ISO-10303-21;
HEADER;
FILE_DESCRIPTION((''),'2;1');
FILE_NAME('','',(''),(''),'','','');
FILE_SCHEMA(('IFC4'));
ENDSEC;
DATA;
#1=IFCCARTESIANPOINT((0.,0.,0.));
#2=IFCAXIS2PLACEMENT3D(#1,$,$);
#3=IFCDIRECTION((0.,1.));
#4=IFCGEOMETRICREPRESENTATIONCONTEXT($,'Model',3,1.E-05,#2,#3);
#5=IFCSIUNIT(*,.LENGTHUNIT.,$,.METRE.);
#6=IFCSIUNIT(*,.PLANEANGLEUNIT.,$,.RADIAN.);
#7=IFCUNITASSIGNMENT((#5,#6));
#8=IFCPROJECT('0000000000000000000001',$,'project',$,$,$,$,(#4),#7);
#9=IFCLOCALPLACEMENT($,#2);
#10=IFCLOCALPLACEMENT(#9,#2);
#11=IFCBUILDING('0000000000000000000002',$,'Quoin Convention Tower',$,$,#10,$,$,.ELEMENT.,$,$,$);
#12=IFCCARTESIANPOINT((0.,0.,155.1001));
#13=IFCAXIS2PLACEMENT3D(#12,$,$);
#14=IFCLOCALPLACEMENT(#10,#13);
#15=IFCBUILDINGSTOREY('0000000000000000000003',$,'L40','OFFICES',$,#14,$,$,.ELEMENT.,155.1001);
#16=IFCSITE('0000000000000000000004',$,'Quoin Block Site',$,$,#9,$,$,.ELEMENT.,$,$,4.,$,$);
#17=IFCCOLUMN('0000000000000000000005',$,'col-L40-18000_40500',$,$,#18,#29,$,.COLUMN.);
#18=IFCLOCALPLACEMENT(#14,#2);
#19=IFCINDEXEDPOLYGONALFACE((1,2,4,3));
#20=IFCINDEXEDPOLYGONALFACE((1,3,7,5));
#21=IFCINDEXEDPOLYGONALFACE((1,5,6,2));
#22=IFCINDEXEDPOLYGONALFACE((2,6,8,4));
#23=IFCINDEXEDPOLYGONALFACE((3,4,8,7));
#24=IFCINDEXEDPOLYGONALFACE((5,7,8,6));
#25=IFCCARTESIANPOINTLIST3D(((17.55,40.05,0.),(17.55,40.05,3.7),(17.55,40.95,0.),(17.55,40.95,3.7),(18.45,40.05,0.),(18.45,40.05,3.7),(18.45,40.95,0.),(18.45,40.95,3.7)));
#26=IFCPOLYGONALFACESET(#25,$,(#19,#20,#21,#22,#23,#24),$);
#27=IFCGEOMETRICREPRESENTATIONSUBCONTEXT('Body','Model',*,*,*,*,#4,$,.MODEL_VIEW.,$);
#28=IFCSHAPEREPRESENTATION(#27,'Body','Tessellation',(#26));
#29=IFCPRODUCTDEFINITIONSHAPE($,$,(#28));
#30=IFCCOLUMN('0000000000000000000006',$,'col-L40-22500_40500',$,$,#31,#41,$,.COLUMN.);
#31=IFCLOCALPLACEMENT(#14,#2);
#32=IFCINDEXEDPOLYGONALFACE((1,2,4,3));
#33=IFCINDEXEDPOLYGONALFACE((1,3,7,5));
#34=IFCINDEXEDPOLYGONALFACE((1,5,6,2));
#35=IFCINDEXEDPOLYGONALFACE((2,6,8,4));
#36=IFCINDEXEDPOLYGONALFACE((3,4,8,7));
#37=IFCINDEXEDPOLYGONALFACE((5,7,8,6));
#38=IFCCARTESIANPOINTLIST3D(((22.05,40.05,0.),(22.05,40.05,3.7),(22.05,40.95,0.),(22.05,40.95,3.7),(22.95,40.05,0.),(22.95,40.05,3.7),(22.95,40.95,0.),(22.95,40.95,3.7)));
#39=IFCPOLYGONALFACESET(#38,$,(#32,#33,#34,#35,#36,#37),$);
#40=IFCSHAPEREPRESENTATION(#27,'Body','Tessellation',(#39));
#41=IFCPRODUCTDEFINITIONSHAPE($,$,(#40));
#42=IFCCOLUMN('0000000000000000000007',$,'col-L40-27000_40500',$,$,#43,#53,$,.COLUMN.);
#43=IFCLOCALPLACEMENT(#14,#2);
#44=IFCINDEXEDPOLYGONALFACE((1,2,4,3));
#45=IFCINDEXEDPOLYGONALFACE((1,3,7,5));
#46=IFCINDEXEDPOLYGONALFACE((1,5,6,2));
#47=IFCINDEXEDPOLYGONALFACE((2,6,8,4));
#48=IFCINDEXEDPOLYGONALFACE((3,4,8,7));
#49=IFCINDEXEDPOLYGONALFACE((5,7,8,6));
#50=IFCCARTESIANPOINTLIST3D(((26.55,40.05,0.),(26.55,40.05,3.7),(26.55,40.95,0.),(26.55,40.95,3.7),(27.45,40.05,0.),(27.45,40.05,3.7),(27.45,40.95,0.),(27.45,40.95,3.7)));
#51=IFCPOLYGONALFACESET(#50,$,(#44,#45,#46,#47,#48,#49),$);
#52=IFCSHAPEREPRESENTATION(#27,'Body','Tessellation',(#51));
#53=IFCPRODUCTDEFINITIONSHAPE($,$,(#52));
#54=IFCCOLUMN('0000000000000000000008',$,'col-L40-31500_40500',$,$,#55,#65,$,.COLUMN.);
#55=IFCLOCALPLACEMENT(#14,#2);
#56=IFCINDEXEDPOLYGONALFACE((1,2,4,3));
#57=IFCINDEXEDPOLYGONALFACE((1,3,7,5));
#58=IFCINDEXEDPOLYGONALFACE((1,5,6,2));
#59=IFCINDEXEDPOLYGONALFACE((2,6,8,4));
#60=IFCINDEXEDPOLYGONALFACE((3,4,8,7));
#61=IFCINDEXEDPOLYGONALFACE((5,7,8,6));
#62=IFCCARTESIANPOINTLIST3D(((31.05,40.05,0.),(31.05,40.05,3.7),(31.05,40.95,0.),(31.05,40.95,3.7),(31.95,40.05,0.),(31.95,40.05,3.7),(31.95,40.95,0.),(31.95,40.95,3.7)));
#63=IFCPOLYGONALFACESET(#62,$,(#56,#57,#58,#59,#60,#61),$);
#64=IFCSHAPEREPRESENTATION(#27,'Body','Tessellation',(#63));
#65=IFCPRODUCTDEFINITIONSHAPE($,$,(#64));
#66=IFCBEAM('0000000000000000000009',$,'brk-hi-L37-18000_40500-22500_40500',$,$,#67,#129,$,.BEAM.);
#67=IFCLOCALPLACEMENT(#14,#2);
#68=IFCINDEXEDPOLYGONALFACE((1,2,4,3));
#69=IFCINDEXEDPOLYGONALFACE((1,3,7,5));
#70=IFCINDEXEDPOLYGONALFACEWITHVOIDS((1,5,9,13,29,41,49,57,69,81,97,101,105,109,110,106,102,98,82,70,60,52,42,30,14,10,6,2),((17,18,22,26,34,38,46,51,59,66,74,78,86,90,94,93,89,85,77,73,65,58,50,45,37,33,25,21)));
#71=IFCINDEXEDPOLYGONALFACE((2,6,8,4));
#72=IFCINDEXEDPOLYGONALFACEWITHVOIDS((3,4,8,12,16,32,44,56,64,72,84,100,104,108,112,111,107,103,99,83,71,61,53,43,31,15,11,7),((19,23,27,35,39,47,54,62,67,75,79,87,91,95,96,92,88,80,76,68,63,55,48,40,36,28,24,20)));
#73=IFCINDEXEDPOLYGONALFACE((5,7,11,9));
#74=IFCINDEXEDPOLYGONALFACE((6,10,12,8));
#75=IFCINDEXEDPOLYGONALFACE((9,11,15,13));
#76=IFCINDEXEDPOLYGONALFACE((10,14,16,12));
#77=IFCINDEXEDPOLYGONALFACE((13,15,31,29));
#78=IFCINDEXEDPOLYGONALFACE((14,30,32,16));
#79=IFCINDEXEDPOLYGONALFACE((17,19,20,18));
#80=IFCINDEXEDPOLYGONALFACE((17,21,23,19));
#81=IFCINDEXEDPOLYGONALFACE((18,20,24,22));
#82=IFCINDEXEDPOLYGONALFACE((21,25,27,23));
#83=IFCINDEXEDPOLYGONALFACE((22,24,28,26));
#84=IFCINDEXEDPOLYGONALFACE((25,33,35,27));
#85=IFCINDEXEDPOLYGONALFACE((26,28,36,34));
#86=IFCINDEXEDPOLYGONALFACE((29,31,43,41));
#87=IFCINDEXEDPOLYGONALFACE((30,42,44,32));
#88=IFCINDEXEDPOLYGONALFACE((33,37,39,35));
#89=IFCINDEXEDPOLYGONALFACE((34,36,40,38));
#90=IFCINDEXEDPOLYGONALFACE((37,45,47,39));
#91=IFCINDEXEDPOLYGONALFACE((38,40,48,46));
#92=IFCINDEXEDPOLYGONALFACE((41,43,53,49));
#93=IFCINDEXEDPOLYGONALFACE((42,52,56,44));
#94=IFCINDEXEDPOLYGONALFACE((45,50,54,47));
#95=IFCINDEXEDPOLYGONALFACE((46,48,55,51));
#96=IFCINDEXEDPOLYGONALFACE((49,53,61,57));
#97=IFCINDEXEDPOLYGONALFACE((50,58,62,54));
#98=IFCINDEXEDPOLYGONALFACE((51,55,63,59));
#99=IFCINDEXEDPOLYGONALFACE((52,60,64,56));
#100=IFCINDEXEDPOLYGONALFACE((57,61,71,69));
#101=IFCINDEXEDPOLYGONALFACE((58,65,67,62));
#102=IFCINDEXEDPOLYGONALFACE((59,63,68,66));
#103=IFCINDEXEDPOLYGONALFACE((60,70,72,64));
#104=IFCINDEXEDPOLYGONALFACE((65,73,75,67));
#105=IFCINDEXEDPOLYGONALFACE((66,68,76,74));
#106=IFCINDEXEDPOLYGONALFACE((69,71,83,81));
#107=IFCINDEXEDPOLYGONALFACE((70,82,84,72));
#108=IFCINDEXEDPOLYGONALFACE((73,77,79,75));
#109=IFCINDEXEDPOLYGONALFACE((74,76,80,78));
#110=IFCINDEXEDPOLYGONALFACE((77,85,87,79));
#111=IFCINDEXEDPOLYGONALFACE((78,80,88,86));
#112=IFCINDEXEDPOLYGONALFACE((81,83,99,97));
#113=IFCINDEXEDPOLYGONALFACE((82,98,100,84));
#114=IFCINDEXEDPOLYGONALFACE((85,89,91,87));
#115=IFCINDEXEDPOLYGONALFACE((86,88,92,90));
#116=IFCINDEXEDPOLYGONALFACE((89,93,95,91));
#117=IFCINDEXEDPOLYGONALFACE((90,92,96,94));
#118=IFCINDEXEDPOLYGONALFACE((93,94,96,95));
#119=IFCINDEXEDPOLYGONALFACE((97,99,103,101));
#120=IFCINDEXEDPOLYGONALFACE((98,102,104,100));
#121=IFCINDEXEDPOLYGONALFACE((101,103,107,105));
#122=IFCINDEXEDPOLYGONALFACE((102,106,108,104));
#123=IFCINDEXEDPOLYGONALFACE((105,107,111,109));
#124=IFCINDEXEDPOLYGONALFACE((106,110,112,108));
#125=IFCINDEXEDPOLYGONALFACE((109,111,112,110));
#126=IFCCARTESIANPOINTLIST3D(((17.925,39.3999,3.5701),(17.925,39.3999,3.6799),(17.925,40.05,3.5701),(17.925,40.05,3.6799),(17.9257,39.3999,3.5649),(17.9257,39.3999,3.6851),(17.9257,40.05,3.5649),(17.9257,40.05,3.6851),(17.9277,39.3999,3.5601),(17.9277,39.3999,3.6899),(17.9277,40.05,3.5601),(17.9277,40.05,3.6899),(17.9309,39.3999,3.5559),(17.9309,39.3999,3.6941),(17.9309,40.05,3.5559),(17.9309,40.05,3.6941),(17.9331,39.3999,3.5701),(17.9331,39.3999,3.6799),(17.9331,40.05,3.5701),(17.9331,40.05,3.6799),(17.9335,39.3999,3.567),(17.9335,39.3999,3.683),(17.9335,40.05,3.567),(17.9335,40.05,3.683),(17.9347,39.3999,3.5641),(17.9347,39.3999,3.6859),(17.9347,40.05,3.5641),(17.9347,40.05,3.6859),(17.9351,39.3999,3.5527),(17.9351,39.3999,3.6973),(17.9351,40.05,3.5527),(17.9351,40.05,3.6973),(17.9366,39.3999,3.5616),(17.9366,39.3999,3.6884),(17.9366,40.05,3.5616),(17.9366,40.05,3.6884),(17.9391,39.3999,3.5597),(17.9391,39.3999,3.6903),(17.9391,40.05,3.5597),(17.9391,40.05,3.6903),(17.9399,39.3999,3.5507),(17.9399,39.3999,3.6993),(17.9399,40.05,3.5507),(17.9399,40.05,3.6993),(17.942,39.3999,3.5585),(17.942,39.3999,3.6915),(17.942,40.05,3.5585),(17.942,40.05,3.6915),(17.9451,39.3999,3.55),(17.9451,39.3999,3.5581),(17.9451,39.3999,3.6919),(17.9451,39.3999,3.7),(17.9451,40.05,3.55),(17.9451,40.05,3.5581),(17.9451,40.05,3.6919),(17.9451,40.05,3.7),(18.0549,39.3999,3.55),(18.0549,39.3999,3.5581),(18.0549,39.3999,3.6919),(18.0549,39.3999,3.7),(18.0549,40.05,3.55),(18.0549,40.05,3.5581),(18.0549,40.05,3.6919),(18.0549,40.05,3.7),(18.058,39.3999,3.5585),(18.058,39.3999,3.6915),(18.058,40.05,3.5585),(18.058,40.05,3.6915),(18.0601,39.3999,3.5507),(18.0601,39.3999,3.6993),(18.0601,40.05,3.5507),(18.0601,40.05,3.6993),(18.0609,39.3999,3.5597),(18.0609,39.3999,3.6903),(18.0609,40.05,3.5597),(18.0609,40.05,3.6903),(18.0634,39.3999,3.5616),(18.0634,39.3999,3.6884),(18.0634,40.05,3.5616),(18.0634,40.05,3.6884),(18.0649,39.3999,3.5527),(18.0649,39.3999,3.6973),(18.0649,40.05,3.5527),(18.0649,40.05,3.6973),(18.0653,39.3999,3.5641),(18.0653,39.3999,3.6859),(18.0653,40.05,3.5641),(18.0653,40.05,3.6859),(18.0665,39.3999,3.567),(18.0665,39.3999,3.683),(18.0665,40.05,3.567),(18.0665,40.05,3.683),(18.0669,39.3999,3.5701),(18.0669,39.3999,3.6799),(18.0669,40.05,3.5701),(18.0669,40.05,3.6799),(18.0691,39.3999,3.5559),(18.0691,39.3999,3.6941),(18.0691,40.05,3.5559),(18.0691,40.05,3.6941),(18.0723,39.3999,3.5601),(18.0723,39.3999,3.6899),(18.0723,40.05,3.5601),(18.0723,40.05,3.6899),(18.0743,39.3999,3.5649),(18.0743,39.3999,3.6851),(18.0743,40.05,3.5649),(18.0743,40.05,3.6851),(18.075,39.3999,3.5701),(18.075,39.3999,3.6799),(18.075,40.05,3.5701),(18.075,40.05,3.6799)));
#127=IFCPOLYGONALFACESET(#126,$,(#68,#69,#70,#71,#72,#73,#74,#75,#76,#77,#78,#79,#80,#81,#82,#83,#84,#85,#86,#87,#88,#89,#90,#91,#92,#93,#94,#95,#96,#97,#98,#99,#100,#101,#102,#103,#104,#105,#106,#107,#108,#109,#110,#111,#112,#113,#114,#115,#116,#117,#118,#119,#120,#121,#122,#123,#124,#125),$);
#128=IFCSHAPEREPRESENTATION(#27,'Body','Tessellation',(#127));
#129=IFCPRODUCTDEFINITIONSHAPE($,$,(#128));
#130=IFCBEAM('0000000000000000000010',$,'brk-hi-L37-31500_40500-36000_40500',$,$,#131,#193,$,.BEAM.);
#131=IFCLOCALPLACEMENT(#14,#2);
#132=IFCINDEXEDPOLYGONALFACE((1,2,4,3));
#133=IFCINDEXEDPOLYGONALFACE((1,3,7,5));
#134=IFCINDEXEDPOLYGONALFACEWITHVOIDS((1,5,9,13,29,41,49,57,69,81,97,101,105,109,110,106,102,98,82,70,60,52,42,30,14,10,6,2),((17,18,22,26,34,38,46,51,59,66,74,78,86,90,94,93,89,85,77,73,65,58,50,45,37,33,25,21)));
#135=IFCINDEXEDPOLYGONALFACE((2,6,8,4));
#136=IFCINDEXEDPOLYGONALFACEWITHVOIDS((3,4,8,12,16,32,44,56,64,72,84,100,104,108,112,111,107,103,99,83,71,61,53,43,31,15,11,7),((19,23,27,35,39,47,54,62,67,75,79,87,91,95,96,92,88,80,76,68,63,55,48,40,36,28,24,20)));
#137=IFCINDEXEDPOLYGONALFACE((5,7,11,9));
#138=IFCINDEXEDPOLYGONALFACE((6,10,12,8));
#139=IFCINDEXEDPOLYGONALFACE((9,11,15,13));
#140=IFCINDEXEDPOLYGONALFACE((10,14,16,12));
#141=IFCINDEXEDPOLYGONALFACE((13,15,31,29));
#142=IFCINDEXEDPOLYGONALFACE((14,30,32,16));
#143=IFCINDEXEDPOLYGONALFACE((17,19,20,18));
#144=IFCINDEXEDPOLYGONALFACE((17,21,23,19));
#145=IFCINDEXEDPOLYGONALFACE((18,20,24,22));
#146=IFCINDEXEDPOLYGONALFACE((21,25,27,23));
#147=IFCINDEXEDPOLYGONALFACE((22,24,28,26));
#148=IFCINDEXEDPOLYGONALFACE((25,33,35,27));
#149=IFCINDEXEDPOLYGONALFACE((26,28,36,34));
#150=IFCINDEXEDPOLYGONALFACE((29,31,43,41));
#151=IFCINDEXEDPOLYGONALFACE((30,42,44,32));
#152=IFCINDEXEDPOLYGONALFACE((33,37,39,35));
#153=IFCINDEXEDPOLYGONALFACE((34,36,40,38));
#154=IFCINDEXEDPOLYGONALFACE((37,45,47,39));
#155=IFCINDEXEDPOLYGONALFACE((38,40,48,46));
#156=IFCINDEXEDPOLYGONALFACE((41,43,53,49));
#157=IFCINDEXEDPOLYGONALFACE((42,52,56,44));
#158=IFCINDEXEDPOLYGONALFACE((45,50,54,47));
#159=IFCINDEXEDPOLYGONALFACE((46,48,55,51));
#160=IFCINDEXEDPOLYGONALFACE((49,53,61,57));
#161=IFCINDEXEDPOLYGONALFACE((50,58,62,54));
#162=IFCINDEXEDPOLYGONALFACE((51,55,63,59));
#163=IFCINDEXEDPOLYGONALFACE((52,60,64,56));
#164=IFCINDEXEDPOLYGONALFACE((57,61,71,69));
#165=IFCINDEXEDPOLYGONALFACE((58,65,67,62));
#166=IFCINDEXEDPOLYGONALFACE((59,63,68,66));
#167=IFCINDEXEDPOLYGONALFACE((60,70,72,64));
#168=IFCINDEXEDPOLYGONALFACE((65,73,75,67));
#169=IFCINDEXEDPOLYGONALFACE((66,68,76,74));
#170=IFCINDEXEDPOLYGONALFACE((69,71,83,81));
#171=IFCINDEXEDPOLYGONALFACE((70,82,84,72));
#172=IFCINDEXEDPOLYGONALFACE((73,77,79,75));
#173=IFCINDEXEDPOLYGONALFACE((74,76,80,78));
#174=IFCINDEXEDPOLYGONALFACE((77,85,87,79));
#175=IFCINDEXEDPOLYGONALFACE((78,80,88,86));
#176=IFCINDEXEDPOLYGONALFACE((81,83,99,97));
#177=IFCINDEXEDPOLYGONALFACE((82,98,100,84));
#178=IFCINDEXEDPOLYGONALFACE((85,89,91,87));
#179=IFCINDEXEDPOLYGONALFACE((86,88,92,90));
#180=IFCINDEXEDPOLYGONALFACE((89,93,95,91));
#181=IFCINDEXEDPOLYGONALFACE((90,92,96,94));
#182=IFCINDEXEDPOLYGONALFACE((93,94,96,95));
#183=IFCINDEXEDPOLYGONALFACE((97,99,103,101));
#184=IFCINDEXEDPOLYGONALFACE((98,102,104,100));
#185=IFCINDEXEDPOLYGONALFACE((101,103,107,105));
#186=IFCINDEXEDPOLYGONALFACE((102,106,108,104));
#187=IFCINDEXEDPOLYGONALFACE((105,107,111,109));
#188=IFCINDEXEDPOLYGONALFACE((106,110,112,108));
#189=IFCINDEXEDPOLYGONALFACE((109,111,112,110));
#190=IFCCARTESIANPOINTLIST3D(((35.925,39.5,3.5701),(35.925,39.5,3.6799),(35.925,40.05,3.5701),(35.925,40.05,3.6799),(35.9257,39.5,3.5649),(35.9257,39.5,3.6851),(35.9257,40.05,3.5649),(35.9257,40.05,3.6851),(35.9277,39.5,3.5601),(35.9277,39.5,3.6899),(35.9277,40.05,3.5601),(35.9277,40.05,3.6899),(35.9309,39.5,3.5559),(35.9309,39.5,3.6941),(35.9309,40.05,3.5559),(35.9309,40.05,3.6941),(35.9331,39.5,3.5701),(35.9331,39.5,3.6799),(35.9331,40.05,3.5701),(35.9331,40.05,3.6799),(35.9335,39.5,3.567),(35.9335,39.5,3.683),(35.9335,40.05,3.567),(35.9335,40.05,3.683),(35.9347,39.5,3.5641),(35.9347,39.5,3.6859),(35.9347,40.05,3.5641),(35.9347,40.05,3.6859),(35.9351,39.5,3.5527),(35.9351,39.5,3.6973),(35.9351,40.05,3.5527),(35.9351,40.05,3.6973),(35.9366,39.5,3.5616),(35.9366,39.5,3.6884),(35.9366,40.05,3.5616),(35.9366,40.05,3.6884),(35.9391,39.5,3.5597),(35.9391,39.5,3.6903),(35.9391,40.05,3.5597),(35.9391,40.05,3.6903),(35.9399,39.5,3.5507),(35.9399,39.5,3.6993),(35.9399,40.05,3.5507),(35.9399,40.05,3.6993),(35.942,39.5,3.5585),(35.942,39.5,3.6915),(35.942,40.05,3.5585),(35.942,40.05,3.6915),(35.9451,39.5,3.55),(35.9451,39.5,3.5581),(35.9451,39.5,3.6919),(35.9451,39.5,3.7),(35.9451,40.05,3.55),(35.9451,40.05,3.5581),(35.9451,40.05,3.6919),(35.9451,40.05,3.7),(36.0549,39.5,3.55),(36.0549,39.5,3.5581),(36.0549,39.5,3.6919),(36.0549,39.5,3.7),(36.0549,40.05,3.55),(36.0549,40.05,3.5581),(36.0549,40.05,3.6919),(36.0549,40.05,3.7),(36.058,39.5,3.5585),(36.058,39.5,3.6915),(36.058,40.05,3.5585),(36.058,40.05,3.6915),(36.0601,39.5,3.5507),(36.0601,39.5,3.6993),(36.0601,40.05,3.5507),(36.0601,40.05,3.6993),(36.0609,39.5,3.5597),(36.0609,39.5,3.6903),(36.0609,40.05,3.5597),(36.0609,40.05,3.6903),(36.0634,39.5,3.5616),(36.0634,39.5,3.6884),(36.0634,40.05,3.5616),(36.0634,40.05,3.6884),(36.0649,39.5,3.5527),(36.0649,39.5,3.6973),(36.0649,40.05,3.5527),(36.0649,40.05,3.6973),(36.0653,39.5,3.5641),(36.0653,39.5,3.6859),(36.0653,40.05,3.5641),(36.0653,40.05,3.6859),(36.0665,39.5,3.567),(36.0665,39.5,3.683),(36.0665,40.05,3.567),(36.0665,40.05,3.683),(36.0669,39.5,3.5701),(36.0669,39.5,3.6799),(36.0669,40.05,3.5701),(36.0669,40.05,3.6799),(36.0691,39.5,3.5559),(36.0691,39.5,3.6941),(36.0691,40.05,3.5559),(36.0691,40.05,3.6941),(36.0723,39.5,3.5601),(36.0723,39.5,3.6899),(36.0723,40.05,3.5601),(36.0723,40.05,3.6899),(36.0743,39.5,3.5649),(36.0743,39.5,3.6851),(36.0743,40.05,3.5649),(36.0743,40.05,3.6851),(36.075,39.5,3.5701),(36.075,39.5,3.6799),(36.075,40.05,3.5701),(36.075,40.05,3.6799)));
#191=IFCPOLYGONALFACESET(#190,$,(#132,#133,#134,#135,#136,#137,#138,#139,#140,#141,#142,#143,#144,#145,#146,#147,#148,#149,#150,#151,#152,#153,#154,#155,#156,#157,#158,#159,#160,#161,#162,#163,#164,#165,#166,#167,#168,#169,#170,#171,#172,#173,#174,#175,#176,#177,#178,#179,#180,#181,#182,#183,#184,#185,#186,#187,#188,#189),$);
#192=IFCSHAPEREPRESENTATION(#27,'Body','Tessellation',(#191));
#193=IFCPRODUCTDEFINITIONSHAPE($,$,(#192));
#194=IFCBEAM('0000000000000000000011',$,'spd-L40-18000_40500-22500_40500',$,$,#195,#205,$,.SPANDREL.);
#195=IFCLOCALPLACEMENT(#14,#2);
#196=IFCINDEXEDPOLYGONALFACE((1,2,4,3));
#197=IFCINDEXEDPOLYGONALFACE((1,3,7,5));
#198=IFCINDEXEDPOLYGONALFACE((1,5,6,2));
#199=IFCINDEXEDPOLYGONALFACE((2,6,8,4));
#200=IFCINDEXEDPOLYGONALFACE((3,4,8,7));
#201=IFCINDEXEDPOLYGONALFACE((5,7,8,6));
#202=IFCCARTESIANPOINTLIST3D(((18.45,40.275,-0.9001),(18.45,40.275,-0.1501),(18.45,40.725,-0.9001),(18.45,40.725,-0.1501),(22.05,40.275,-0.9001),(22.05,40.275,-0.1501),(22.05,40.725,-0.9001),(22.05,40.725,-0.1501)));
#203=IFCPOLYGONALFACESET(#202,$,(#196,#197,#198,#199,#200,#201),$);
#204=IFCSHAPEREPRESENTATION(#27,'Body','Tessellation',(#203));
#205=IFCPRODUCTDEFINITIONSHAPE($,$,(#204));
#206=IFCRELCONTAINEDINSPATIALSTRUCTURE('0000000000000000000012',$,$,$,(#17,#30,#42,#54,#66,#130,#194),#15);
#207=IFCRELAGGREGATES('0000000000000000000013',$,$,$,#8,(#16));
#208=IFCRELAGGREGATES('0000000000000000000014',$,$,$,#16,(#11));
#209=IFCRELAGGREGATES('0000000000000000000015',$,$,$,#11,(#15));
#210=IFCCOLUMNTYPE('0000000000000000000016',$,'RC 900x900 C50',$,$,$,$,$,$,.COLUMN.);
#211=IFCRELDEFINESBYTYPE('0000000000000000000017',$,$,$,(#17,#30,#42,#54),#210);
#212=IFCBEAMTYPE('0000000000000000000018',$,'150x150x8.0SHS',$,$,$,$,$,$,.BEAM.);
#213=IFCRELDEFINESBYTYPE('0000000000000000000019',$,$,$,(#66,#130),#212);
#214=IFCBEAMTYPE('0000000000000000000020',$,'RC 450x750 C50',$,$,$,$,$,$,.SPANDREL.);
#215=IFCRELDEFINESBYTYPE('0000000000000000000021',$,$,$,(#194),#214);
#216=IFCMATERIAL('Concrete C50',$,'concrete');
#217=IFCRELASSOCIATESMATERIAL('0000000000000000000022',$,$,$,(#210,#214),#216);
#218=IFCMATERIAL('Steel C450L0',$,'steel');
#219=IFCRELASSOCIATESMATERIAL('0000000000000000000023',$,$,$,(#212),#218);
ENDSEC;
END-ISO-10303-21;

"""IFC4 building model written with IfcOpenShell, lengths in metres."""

from ifc_helpers import new_model, si_unit, direction, frame, origin, origin_2d, place, context, subcontext, project, spatial, rectangle, hollow_rectangle, extrude, material, material_profile, profile_set, type_object, element, save


model = new_model("IFC4")

# Units and contexts
model_context = context("Model", 3, precision=1e-05, world=origin(), true_north=direction((0.0, 1.0)))
body_context = subcontext(model_context, "Body", "Model", "MODEL_VIEW")
ifc_project = project(units=[si_unit("LENGTHUNIT", "METRE"), si_unit("PLANEANGLEUNIT", "RADIAN")], contexts=[model_context])

# Site, building, storey
site_placement = place(None, origin())
site = spatial("IfcSite", under=ifc_project, at=site_placement, Name="Quoin Block Site", CompositionType="ELEMENT", RefElevation=4.0)
building_placement = place(site_placement, origin())
building = spatial("IfcBuilding", under=site, at=building_placement, Name="Quoin Convention Tower", CompositionType="ELEMENT")
storey_placement = place(building_placement, frame((0.0, 0.0, 155.1001)))
storey = spatial("IfcBuildingStorey", under=building, at=storey_placement, Name="L40", Description="OFFICES", CompositionType="ELEMENT", Elevation=155.1001)

# Columns
ifc_material_1 = material(Name="Concrete C50", Category="concrete")
ifc_material_profile_1 = material_profile(ifc_material_1, rectangle(XDim=0.8999, YDim=0.8999, at=origin_2d()), Name="RC 900x900")
ifc_profile_set_1 = profile_set([ifc_material_profile_1], Name="Concrete C50")
column_type = type_object("IfcColumnType", Name="RC 900x900 C50", PredefinedType="COLUMN", material=ifc_profile_set_1)
for number, where, z_axis, x_axis, name in (
    (1, (18.0, 40.5, 0.0), (0.0, 0.0, 1.0), (1.0, 0.0, 0.0), "col-L40-18000_40500"),
    (2, (22.5, 40.5, 0.0), (0.0, 0.0, 1.0), (1.0, 0.0, 0.0), "col-L40-22500_40500"),
    (3, (27.0, 40.5, 0.0), (0.0, 0.0, 1.0), (1.0, 0.0, 0.0), "col-L40-27000_40500"),
    (4, (31.5, 40.5, 0.0), (0.0, 0.0, 1.0), (1.0, 0.0, 0.0), "col-L40-31500_40500"),
):
    element("IfcColumn", number, at=place(storey_placement, frame(where, z_axis=z_axis, x_axis=x_axis)), inside=storey, type_object=column_type, Name=name, PredefinedType="COLUMN", context=body_context, shape_type="SweptSolid", body=[
        extrude(rectangle(XDim=0.8999, YDim=0.8999, at=origin_2d()), origin(), (0.0, 0.0, 1.0), 3.7),
    ])

# Beams
ifc_material_2 = material(Name="Steel C450L0", Category="steel")
ifc_material_profile_2 = material_profile(ifc_material_2, hollow_rectangle(XDim=0.1499, YDim=0.1499, WallThickness=0.0081, InnerFilletRadius=0.012, OuterFilletRadius=0.02, at=origin_2d()), Name="150x150x8.0SHS")
ifc_profile_set_2 = profile_set([ifc_material_profile_2], Name="Steel C450L0")
beam_type_1 = type_object("IfcBeamType", Name="150x150x8.0SHS", PredefinedType="BEAM", material=ifc_profile_set_2)
beam_1_placement = place(storey_placement, frame((18.0, 40.05, 3.625), z_axis=(0.0, -1.0, 0.0), x_axis=(1.0, 0.0, 0.0)))
element("IfcBeam", 5, at=beam_1_placement, inside=storey, type_object=beam_type_1, Name="brk-hi-L37-18000_40500-22500_40500", PredefinedType="BEAM", context=body_context, shape_type="SweptSolid", body=[
    extrude(hollow_rectangle(XDim=0.1499, YDim=0.1499, WallThickness=0.0081, InnerFilletRadius=0.012, OuterFilletRadius=0.02, at=origin_2d()), origin(), (0.0, 0.0, 1.0), 0.6501),
])
beam_2_placement = place(storey_placement, frame((36.0, 40.05, 3.625), z_axis=(0.0, -1.0, 0.0), x_axis=(1.0, 0.0, 0.0)))
element("IfcBeam", 6, at=beam_2_placement, inside=storey, type_object=beam_type_1, Name="brk-hi-L37-31500_40500-36000_40500", PredefinedType="BEAM", context=body_context, shape_type="SweptSolid", body=[
    extrude(hollow_rectangle(XDim=0.1499, YDim=0.1499, WallThickness=0.0081, InnerFilletRadius=0.012, OuterFilletRadius=0.02, at=origin_2d()), origin(), (0.0, 0.0, 1.0), 0.55),
])
ifc_material_profile_3 = material_profile(ifc_material_1, rectangle(XDim=0.45, YDim=0.75, at=origin_2d()), Name="RC 450x750")
ifc_profile_set_3 = profile_set([ifc_material_profile_3], Name="Concrete C50")
beam_type_2 = type_object("IfcBeamType", Name="RC 450x750 C50", PredefinedType="SPANDREL", material=ifc_profile_set_3)
for number, where, z_axis, x_axis, name in (
    (7, (18.45, 40.5, -0.5251), (1.0, 0.0, 0.0), (0.0, 1.0, 0.0), "spd-L40-18000_40500-22500_40500"),
):
    element("IfcBeam", number, at=place(storey_placement, frame(where, z_axis=z_axis, x_axis=x_axis)), inside=storey, type_object=beam_type_2, Name=name, PredefinedType="SPANDREL", context=body_context, shape_type="SweptSolid", body=[
        extrude(rectangle(XDim=0.45, YDim=0.75, at=origin_2d()), origin(), (0.0, 0.0, 1.0), 3.6001),
    ])

save(model, "model.ifc")
